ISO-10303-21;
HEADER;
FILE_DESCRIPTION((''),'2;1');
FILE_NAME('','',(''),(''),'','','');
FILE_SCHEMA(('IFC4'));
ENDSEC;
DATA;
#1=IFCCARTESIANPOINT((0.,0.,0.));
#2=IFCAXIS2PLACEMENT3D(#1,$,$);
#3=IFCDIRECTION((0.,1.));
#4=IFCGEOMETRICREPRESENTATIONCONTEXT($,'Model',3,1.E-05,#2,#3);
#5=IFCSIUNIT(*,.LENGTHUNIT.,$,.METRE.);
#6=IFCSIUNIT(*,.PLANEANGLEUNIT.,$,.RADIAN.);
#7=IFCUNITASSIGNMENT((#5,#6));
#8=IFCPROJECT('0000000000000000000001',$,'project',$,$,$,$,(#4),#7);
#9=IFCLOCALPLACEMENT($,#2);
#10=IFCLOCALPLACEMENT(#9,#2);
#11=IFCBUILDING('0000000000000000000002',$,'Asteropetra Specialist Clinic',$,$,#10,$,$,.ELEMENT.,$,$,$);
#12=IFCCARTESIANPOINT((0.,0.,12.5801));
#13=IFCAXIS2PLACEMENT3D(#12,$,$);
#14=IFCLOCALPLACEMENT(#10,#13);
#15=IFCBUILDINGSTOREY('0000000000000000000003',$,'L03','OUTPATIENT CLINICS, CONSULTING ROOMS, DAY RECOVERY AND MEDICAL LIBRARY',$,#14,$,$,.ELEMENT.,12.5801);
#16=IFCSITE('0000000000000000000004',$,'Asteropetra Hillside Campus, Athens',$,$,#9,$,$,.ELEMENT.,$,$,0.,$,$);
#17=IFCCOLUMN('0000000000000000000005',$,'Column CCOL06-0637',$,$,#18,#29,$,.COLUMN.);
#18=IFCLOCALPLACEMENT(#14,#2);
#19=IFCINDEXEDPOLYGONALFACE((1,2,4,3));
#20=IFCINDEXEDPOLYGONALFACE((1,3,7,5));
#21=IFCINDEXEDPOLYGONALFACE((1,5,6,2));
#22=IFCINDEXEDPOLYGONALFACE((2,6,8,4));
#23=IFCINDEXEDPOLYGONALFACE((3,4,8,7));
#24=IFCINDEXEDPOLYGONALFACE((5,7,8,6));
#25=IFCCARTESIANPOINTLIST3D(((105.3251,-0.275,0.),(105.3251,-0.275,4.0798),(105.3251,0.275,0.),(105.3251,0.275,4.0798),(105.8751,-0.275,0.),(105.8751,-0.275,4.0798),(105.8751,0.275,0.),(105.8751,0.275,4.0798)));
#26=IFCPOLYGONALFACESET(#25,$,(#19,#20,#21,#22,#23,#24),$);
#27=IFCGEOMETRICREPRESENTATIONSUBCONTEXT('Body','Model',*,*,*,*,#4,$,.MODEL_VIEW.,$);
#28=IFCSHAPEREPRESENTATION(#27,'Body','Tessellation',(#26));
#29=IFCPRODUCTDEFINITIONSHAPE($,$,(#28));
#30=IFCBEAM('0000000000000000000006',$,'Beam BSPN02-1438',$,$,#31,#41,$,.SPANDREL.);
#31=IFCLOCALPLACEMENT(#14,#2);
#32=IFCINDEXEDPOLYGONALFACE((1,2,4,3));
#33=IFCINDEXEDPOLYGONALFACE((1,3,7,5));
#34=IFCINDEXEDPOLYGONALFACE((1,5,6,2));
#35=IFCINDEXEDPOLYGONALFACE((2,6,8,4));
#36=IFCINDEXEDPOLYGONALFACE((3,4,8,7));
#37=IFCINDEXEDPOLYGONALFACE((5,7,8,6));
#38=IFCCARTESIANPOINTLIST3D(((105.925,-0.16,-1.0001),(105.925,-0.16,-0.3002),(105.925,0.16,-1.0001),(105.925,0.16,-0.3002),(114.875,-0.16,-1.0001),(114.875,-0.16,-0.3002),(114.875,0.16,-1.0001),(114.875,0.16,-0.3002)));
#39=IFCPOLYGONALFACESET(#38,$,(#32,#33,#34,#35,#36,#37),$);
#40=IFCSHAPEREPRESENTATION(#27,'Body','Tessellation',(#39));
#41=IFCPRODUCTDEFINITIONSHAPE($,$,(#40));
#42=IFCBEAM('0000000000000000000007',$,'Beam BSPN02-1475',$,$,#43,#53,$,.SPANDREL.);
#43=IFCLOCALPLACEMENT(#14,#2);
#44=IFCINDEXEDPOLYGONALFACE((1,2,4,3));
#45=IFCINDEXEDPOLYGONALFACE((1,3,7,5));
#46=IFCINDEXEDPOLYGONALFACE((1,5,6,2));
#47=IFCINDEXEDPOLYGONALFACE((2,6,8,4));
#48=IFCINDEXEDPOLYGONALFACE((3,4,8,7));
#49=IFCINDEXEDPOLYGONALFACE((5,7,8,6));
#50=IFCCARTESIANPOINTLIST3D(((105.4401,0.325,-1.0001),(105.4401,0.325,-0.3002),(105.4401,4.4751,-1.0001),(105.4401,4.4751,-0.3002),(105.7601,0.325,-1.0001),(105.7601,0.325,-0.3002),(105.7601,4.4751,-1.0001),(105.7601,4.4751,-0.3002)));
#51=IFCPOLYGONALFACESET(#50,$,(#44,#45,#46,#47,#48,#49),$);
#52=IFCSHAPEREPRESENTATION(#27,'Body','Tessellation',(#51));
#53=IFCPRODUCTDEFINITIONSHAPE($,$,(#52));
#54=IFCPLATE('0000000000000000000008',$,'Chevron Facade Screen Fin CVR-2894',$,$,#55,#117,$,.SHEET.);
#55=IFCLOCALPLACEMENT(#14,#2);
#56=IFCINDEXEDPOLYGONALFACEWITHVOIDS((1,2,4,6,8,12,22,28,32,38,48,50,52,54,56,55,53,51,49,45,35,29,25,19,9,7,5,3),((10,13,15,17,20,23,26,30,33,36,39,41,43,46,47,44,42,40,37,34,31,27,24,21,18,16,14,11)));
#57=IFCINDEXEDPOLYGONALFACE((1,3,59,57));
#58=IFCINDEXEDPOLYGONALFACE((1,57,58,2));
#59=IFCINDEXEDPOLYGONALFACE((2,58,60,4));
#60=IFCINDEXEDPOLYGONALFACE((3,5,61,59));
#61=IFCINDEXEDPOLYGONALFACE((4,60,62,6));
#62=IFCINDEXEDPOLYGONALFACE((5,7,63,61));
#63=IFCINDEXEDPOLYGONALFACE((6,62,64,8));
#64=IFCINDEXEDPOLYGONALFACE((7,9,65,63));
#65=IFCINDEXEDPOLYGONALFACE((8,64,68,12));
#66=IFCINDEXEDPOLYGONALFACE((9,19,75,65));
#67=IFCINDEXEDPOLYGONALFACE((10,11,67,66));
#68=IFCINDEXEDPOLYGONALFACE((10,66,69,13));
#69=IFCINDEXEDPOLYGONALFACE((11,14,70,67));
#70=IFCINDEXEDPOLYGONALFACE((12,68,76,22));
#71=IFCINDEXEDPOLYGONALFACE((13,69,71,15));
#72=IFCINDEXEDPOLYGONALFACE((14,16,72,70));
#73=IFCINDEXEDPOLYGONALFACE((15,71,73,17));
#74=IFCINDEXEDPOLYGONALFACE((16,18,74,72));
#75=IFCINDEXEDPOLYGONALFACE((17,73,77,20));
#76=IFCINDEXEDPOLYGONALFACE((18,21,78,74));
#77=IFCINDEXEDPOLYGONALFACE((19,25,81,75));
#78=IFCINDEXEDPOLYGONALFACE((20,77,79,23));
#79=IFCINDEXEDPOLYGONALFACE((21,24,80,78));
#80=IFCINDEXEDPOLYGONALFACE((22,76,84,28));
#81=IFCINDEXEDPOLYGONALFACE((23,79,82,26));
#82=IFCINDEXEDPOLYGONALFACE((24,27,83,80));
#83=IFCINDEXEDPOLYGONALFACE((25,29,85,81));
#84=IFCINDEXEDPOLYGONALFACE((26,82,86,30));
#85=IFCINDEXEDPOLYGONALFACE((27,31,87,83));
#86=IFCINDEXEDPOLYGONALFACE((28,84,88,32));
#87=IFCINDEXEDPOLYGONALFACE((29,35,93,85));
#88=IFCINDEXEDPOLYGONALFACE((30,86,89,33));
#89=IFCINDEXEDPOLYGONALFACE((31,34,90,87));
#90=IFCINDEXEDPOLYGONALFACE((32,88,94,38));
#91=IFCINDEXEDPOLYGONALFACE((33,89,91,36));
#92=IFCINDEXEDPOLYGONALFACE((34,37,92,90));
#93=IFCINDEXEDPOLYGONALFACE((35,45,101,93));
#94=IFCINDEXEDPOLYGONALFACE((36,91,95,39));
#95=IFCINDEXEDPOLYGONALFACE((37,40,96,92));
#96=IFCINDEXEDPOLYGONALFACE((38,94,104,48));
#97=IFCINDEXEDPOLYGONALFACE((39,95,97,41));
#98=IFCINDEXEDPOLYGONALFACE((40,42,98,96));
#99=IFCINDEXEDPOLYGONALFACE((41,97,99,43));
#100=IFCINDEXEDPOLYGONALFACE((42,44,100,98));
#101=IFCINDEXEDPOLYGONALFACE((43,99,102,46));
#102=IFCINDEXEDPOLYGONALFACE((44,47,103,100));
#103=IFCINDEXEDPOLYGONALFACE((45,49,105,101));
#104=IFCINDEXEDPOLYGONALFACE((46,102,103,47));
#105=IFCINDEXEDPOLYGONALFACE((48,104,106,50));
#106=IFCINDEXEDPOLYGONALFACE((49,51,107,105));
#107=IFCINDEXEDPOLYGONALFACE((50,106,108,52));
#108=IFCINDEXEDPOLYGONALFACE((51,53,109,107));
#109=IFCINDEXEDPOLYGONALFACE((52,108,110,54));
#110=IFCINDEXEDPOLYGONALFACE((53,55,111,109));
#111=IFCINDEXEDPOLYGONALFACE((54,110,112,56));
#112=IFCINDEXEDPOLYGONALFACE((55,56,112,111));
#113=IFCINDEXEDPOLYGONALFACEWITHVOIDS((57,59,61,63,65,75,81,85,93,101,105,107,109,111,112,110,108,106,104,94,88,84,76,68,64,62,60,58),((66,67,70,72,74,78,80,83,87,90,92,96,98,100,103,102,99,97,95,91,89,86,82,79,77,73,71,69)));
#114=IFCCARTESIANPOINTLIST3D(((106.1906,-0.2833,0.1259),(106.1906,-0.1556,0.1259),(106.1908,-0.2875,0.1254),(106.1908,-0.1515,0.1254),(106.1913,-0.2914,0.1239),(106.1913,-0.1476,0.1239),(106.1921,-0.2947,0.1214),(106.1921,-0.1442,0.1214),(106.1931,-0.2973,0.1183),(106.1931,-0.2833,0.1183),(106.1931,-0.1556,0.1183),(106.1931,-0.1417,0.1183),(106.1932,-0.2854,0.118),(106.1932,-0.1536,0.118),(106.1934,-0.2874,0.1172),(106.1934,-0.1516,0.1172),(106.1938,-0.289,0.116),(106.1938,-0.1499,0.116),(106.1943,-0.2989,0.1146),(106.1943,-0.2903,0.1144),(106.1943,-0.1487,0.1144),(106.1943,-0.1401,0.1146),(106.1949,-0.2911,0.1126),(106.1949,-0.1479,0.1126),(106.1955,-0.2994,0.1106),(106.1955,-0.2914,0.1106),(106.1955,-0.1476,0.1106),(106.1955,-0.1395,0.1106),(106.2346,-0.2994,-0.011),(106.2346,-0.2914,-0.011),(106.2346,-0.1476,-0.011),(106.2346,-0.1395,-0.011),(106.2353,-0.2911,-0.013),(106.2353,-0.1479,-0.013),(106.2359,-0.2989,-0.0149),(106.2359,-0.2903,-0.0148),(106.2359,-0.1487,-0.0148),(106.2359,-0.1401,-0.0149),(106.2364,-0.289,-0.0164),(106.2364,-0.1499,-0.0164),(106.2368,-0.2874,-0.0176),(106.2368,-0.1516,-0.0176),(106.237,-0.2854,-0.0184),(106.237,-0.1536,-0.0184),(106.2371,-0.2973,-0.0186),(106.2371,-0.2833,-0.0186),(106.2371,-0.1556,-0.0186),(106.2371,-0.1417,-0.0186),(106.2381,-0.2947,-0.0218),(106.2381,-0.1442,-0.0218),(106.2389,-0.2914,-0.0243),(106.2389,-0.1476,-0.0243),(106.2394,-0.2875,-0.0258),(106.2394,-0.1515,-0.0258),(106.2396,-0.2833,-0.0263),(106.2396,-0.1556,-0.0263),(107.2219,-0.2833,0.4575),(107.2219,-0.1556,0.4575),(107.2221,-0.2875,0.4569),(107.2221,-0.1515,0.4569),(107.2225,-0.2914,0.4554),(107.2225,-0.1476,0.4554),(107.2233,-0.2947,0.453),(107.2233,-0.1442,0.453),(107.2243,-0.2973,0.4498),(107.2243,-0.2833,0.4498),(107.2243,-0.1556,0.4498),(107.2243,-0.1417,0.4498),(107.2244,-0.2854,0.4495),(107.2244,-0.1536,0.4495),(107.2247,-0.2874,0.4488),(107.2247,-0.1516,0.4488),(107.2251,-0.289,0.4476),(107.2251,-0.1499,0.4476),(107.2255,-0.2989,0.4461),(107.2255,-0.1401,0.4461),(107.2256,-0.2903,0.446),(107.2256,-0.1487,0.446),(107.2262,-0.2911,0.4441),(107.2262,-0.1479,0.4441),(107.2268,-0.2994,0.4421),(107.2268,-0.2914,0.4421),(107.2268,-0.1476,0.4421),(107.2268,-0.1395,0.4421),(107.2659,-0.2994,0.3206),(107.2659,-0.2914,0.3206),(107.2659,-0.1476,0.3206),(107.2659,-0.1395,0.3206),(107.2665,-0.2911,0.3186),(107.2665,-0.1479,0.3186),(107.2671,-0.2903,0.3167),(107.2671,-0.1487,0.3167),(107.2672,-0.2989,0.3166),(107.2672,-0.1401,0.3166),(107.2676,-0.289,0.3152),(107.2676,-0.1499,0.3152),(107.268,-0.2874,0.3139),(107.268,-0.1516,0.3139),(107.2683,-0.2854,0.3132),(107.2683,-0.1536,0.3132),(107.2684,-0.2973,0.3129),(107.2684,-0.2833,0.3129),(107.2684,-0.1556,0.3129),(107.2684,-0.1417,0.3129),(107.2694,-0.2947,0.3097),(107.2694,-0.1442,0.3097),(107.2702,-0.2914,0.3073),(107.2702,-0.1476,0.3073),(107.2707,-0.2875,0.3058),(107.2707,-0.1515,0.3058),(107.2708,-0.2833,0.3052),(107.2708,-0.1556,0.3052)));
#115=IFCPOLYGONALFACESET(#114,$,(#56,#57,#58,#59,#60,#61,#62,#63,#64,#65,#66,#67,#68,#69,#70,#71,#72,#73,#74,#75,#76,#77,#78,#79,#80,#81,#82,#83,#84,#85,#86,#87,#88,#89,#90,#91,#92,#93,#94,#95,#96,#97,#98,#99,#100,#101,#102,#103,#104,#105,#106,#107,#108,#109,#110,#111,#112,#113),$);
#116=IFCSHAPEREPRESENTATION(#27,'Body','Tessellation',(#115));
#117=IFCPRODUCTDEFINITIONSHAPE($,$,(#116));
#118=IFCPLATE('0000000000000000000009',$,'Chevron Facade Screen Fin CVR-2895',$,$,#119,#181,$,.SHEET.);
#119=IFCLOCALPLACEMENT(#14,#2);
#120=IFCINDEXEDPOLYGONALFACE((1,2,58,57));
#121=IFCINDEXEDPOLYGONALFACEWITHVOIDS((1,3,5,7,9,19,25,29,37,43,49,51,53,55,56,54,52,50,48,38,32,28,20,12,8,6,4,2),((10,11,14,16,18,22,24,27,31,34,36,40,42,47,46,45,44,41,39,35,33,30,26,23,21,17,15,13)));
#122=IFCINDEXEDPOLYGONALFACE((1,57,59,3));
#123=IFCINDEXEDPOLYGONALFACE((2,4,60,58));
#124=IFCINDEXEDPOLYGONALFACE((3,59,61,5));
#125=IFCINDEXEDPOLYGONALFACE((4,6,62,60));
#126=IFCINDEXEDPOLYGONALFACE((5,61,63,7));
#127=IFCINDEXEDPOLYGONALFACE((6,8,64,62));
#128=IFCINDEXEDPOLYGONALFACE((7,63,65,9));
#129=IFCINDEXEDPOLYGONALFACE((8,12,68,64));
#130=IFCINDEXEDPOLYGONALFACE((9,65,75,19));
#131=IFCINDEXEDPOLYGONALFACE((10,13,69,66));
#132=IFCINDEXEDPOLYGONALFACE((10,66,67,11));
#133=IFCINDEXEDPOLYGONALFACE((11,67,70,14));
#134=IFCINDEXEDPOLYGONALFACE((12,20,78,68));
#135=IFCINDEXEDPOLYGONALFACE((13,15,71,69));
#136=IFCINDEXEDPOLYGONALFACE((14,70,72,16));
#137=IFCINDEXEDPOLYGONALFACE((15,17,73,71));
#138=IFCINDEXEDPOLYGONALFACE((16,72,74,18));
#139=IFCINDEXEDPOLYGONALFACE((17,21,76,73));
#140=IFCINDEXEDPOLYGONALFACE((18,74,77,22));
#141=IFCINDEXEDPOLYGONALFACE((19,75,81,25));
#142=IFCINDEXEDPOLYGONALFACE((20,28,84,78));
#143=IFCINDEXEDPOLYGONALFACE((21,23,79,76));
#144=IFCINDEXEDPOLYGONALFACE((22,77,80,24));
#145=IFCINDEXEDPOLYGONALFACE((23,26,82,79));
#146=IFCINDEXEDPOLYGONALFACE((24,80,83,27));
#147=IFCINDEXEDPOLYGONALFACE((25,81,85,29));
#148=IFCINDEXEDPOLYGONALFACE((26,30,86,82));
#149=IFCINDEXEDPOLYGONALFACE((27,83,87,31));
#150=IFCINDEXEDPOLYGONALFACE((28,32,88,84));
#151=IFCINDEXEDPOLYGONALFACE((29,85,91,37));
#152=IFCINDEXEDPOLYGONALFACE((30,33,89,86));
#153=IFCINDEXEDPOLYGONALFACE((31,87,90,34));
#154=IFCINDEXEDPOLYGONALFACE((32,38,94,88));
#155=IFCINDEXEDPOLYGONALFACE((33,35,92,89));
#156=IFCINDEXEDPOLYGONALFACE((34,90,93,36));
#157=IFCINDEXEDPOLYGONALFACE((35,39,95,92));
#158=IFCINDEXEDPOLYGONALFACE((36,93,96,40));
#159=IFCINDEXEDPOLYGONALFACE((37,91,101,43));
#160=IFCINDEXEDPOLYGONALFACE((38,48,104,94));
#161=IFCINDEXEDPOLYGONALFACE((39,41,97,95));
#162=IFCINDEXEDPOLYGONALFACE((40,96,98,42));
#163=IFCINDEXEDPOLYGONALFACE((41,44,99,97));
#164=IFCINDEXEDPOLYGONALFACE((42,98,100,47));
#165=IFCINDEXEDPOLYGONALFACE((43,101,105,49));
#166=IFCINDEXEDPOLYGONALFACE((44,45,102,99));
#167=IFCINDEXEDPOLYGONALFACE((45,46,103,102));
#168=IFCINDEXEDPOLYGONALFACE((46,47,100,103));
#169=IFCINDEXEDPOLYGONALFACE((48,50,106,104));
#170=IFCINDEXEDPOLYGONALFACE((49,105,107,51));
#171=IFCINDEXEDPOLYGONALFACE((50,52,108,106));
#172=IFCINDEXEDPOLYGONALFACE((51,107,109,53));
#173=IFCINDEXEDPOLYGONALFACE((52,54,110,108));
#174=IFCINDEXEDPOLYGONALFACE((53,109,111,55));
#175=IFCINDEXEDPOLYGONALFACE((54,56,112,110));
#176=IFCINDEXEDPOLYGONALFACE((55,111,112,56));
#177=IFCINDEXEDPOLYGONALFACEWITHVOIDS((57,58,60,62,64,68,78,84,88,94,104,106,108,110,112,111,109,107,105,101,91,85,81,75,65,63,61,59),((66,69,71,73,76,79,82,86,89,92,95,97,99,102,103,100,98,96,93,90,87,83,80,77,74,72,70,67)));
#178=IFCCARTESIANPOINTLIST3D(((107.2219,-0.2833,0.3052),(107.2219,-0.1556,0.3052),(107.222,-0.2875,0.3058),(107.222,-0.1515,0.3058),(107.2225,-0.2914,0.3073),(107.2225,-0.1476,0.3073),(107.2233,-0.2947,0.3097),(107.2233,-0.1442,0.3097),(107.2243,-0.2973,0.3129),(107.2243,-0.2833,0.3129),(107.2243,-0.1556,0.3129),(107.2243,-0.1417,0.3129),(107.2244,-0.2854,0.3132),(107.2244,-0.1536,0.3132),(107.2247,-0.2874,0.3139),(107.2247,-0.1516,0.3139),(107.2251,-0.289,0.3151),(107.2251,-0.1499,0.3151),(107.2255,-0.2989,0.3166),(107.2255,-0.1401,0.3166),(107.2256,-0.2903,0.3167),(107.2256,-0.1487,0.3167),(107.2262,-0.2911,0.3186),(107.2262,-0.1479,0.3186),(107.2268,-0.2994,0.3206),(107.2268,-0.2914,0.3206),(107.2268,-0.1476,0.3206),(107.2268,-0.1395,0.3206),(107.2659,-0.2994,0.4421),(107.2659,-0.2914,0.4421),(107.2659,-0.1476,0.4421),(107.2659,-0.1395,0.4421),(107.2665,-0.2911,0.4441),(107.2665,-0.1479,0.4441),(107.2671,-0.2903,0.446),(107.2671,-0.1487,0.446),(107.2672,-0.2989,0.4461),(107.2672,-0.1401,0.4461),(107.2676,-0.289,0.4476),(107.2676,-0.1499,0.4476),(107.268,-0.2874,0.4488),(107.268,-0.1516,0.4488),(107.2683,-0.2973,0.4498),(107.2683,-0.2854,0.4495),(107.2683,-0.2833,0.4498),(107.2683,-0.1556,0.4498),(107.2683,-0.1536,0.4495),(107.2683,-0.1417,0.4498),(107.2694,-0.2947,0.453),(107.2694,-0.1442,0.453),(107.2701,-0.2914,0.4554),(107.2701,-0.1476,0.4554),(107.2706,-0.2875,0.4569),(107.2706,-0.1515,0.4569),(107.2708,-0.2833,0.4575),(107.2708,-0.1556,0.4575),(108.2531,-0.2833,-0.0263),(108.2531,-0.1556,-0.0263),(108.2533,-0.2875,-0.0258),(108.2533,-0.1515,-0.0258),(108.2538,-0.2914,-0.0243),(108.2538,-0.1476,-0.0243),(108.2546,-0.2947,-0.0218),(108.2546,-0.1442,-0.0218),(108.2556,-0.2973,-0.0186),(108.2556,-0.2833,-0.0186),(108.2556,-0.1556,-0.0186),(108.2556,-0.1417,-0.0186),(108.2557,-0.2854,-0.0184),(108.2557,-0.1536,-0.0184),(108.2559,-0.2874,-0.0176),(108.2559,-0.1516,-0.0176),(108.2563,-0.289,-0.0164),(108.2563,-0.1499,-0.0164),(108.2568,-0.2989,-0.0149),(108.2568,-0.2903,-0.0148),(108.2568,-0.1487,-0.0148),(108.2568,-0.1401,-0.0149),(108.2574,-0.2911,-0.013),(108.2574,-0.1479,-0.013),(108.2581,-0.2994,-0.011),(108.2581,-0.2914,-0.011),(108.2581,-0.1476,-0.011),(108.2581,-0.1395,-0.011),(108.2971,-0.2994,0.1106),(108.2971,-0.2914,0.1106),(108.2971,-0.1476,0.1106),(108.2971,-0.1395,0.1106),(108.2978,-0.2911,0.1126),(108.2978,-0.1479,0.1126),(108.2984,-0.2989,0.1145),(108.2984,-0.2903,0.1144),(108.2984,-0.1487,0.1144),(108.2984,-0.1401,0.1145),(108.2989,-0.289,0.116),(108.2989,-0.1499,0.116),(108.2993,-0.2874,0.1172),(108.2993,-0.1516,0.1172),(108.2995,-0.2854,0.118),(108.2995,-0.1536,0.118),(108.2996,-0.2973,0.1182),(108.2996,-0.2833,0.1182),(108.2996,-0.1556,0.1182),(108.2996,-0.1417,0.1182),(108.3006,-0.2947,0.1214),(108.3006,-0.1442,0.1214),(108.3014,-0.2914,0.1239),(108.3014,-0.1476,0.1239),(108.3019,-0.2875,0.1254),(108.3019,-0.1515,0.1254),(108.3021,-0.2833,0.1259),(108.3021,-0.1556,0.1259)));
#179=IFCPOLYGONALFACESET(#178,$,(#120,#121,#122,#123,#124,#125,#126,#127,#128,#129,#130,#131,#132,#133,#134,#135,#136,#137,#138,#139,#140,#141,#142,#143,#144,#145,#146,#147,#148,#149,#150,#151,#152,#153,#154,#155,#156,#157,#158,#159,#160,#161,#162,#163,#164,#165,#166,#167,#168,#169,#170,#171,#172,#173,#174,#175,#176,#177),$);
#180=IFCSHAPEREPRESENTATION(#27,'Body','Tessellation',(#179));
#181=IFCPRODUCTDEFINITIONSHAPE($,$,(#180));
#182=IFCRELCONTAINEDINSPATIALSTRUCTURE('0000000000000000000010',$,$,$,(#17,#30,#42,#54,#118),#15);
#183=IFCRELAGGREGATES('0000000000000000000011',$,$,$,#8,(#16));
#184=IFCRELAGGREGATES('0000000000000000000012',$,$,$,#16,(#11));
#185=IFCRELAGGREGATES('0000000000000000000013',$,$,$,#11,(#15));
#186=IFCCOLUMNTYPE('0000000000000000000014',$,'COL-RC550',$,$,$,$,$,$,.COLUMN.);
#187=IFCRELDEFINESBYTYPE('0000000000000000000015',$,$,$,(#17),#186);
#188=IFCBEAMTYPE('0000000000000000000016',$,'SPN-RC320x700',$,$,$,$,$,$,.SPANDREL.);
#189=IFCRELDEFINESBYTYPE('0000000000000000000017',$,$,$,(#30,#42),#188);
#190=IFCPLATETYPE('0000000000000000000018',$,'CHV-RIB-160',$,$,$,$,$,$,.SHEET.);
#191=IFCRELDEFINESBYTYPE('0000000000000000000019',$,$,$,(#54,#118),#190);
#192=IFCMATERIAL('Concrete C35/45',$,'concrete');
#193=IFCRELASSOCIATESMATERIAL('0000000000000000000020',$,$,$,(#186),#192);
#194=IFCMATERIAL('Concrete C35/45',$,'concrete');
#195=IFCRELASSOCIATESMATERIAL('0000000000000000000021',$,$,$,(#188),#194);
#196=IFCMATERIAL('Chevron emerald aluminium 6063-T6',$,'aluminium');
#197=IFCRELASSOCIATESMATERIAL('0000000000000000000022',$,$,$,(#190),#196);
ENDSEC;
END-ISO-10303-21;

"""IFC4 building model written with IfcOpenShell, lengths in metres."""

from ifc_helpers import new_model, si_unit, direction, frame, origin, origin_2d, place, context, subcontext, project, spatial, rectangle, hollow_rectangle, extrude, material, material_profile, profile_set, type_object, element, save


model = new_model("IFC4")

# Units and contexts
model_context = context("Model", 3, precision=1e-05, world=origin(), true_north=direction((0.0, 1.0)))
body_context = subcontext(model_context, "Body", "Model", "MODEL_VIEW")
ifc_project = project(units=[si_unit("LENGTHUNIT", "METRE"), si_unit("PLANEANGLEUNIT", "RADIAN")], contexts=[model_context])

# Site, building, storey
site_placement = place(None, origin())
site = spatial("IfcSite", under=ifc_project, at=site_placement, Name="Asteropetra Hillside Campus, Athens", CompositionType="ELEMENT", RefElevation=0.0)
building_placement = place(site_placement, origin())
building = spatial("IfcBuilding", under=site, at=building_placement, Name="Asteropetra Specialist Clinic", CompositionType="ELEMENT")
storey_placement = place(building_placement, frame((0.0, 0.0, 12.5801)))
storey = spatial("IfcBuildingStorey", under=building, at=storey_placement, Name="L03", Description="OUTPATIENT CLINICS, CONSULTING ROOMS, DAY RECOVERY AND MEDICAL LIBRARY", CompositionType="ELEMENT", Elevation=12.5801)

# Column
ifc_material_1 = material(Name="Concrete C35/45", Category="concrete")
ifc_material_profile_1 = material_profile(ifc_material_1, rectangle(XDim=0.55, YDim=0.55, at=origin_2d()), Name="RC 550x550")
ifc_profile_set_1 = profile_set([ifc_material_profile_1], Name="Concrete C35/45")
column_type = type_object("IfcColumnType", Name="COL-RC550", PredefinedType="COLUMN", material=ifc_profile_set_1)
column_placement = place(storey_placement, frame((105.6001, 0.0, 0.0), z_axis=(0.0, 0.0, 1.0), x_axis=(1.0, 0.0, 0.0)))
element("IfcColumn", 1, at=column_placement, inside=storey, type_object=column_type, Name="Column CCOL06-0637", PredefinedType="COLUMN", context=body_context, shape_type="SweptSolid", body=[
    extrude(rectangle(XDim=0.55, YDim=0.55, at=origin_2d()), origin(), (0.0, 0.0, 1.0), 4.0798),
])

# Beams
ifc_material_2 = material(Name="Concrete C35/45", Category="concrete")
ifc_material_profile_2 = material_profile(ifc_material_2, rectangle(XDim=0.3201, YDim=0.7, at=origin_2d()), Name="RCS 320x700")
ifc_profile_set_2 = profile_set([ifc_material_profile_2], Name="Concrete C35/45")
beam_type = type_object("IfcBeamType", Name="SPN-RC320x700", PredefinedType="SPANDREL", material=ifc_profile_set_2)
beam_1_placement = place(storey_placement, frame((105.925, 0.0, -0.6501), z_axis=(1.0, 0.0, 0.0), x_axis=(0.0, 1.0, 0.0)))
element("IfcBeam", 2, at=beam_1_placement, inside=storey, type_object=beam_type, Name="Beam BSPN02-1438", PredefinedType="SPANDREL", context=body_context, shape_type="SweptSolid", body=[
    extrude(rectangle(XDim=0.3201, YDim=0.7, at=origin_2d()), origin(), (0.0, 0.0, 1.0), 8.95),
])
beam_2_placement = place(storey_placement, frame((105.6001, 0.325, -0.6501), z_axis=(0.0, 1.0, 0.0), x_axis=(-1.0, 0.0, 0.0)))
element("IfcBeam", 3, at=beam_2_placement, inside=storey, type_object=beam_type, Name="Beam BSPN02-1475", PredefinedType="SPANDREL", context=body_context, shape_type="SweptSolid", body=[
    extrude(rectangle(XDim=0.3201, YDim=0.7, at=origin_2d()), origin(), (0.0, 0.0, 1.0), 4.1501),
])

# Plates
ifc_material_3 = material(Name="Chevron emerald aluminium 6063-T6", Category="aluminium")
ifc_material_profile_3 = material_profile(ifc_material_3, hollow_rectangle(XDim=0.1599, YDim=0.1599, WallThickness=0.0081, InnerFilletRadius=0.0081, OuterFilletRadius=0.0161, at=origin_2d()), Name="SHS 160x160x8.0")
ifc_profile_set_3 = profile_set([ifc_material_profile_3], Name="Chevron emerald aluminium 6063-T6")
plate_type_1 = type_object("IfcPlateType", Name="CHV-RIB-160", PredefinedType="SHEET", material=ifc_profile_set_3)
for number, where, z_axis, x_axis, name in (
    (4, (106.2151, -0.2195, 0.0498), (0.95201, 0.0, 0.306068), (0.0, 1.0, 0.0), "Chevron Facade Screen Fin CVR-2894"),
    (5, (107.2463, -0.2195, 0.3813), (0.95201, 0.0, -0.306068), (0.0, 1.0, 0.0), "Chevron Facade Screen Fin CVR-2895"),
):
    element("IfcPlate", number, at=place(storey_placement, frame(where, z_axis=z_axis, x_axis=x_axis)), inside=storey, type_object=plate_type_1, Name=name, PredefinedType="SHEET", context=body_context, shape_type="SweptSolid", body=[
        extrude(hollow_rectangle(XDim=0.1599, YDim=0.1599, WallThickness=0.0081, InnerFilletRadius=0.0081, OuterFilletRadius=0.0161, at=origin_2d()), origin(), (0.0, 0.0, 1.0), 1.0833),
    ])

save(model, "model.ifc")
